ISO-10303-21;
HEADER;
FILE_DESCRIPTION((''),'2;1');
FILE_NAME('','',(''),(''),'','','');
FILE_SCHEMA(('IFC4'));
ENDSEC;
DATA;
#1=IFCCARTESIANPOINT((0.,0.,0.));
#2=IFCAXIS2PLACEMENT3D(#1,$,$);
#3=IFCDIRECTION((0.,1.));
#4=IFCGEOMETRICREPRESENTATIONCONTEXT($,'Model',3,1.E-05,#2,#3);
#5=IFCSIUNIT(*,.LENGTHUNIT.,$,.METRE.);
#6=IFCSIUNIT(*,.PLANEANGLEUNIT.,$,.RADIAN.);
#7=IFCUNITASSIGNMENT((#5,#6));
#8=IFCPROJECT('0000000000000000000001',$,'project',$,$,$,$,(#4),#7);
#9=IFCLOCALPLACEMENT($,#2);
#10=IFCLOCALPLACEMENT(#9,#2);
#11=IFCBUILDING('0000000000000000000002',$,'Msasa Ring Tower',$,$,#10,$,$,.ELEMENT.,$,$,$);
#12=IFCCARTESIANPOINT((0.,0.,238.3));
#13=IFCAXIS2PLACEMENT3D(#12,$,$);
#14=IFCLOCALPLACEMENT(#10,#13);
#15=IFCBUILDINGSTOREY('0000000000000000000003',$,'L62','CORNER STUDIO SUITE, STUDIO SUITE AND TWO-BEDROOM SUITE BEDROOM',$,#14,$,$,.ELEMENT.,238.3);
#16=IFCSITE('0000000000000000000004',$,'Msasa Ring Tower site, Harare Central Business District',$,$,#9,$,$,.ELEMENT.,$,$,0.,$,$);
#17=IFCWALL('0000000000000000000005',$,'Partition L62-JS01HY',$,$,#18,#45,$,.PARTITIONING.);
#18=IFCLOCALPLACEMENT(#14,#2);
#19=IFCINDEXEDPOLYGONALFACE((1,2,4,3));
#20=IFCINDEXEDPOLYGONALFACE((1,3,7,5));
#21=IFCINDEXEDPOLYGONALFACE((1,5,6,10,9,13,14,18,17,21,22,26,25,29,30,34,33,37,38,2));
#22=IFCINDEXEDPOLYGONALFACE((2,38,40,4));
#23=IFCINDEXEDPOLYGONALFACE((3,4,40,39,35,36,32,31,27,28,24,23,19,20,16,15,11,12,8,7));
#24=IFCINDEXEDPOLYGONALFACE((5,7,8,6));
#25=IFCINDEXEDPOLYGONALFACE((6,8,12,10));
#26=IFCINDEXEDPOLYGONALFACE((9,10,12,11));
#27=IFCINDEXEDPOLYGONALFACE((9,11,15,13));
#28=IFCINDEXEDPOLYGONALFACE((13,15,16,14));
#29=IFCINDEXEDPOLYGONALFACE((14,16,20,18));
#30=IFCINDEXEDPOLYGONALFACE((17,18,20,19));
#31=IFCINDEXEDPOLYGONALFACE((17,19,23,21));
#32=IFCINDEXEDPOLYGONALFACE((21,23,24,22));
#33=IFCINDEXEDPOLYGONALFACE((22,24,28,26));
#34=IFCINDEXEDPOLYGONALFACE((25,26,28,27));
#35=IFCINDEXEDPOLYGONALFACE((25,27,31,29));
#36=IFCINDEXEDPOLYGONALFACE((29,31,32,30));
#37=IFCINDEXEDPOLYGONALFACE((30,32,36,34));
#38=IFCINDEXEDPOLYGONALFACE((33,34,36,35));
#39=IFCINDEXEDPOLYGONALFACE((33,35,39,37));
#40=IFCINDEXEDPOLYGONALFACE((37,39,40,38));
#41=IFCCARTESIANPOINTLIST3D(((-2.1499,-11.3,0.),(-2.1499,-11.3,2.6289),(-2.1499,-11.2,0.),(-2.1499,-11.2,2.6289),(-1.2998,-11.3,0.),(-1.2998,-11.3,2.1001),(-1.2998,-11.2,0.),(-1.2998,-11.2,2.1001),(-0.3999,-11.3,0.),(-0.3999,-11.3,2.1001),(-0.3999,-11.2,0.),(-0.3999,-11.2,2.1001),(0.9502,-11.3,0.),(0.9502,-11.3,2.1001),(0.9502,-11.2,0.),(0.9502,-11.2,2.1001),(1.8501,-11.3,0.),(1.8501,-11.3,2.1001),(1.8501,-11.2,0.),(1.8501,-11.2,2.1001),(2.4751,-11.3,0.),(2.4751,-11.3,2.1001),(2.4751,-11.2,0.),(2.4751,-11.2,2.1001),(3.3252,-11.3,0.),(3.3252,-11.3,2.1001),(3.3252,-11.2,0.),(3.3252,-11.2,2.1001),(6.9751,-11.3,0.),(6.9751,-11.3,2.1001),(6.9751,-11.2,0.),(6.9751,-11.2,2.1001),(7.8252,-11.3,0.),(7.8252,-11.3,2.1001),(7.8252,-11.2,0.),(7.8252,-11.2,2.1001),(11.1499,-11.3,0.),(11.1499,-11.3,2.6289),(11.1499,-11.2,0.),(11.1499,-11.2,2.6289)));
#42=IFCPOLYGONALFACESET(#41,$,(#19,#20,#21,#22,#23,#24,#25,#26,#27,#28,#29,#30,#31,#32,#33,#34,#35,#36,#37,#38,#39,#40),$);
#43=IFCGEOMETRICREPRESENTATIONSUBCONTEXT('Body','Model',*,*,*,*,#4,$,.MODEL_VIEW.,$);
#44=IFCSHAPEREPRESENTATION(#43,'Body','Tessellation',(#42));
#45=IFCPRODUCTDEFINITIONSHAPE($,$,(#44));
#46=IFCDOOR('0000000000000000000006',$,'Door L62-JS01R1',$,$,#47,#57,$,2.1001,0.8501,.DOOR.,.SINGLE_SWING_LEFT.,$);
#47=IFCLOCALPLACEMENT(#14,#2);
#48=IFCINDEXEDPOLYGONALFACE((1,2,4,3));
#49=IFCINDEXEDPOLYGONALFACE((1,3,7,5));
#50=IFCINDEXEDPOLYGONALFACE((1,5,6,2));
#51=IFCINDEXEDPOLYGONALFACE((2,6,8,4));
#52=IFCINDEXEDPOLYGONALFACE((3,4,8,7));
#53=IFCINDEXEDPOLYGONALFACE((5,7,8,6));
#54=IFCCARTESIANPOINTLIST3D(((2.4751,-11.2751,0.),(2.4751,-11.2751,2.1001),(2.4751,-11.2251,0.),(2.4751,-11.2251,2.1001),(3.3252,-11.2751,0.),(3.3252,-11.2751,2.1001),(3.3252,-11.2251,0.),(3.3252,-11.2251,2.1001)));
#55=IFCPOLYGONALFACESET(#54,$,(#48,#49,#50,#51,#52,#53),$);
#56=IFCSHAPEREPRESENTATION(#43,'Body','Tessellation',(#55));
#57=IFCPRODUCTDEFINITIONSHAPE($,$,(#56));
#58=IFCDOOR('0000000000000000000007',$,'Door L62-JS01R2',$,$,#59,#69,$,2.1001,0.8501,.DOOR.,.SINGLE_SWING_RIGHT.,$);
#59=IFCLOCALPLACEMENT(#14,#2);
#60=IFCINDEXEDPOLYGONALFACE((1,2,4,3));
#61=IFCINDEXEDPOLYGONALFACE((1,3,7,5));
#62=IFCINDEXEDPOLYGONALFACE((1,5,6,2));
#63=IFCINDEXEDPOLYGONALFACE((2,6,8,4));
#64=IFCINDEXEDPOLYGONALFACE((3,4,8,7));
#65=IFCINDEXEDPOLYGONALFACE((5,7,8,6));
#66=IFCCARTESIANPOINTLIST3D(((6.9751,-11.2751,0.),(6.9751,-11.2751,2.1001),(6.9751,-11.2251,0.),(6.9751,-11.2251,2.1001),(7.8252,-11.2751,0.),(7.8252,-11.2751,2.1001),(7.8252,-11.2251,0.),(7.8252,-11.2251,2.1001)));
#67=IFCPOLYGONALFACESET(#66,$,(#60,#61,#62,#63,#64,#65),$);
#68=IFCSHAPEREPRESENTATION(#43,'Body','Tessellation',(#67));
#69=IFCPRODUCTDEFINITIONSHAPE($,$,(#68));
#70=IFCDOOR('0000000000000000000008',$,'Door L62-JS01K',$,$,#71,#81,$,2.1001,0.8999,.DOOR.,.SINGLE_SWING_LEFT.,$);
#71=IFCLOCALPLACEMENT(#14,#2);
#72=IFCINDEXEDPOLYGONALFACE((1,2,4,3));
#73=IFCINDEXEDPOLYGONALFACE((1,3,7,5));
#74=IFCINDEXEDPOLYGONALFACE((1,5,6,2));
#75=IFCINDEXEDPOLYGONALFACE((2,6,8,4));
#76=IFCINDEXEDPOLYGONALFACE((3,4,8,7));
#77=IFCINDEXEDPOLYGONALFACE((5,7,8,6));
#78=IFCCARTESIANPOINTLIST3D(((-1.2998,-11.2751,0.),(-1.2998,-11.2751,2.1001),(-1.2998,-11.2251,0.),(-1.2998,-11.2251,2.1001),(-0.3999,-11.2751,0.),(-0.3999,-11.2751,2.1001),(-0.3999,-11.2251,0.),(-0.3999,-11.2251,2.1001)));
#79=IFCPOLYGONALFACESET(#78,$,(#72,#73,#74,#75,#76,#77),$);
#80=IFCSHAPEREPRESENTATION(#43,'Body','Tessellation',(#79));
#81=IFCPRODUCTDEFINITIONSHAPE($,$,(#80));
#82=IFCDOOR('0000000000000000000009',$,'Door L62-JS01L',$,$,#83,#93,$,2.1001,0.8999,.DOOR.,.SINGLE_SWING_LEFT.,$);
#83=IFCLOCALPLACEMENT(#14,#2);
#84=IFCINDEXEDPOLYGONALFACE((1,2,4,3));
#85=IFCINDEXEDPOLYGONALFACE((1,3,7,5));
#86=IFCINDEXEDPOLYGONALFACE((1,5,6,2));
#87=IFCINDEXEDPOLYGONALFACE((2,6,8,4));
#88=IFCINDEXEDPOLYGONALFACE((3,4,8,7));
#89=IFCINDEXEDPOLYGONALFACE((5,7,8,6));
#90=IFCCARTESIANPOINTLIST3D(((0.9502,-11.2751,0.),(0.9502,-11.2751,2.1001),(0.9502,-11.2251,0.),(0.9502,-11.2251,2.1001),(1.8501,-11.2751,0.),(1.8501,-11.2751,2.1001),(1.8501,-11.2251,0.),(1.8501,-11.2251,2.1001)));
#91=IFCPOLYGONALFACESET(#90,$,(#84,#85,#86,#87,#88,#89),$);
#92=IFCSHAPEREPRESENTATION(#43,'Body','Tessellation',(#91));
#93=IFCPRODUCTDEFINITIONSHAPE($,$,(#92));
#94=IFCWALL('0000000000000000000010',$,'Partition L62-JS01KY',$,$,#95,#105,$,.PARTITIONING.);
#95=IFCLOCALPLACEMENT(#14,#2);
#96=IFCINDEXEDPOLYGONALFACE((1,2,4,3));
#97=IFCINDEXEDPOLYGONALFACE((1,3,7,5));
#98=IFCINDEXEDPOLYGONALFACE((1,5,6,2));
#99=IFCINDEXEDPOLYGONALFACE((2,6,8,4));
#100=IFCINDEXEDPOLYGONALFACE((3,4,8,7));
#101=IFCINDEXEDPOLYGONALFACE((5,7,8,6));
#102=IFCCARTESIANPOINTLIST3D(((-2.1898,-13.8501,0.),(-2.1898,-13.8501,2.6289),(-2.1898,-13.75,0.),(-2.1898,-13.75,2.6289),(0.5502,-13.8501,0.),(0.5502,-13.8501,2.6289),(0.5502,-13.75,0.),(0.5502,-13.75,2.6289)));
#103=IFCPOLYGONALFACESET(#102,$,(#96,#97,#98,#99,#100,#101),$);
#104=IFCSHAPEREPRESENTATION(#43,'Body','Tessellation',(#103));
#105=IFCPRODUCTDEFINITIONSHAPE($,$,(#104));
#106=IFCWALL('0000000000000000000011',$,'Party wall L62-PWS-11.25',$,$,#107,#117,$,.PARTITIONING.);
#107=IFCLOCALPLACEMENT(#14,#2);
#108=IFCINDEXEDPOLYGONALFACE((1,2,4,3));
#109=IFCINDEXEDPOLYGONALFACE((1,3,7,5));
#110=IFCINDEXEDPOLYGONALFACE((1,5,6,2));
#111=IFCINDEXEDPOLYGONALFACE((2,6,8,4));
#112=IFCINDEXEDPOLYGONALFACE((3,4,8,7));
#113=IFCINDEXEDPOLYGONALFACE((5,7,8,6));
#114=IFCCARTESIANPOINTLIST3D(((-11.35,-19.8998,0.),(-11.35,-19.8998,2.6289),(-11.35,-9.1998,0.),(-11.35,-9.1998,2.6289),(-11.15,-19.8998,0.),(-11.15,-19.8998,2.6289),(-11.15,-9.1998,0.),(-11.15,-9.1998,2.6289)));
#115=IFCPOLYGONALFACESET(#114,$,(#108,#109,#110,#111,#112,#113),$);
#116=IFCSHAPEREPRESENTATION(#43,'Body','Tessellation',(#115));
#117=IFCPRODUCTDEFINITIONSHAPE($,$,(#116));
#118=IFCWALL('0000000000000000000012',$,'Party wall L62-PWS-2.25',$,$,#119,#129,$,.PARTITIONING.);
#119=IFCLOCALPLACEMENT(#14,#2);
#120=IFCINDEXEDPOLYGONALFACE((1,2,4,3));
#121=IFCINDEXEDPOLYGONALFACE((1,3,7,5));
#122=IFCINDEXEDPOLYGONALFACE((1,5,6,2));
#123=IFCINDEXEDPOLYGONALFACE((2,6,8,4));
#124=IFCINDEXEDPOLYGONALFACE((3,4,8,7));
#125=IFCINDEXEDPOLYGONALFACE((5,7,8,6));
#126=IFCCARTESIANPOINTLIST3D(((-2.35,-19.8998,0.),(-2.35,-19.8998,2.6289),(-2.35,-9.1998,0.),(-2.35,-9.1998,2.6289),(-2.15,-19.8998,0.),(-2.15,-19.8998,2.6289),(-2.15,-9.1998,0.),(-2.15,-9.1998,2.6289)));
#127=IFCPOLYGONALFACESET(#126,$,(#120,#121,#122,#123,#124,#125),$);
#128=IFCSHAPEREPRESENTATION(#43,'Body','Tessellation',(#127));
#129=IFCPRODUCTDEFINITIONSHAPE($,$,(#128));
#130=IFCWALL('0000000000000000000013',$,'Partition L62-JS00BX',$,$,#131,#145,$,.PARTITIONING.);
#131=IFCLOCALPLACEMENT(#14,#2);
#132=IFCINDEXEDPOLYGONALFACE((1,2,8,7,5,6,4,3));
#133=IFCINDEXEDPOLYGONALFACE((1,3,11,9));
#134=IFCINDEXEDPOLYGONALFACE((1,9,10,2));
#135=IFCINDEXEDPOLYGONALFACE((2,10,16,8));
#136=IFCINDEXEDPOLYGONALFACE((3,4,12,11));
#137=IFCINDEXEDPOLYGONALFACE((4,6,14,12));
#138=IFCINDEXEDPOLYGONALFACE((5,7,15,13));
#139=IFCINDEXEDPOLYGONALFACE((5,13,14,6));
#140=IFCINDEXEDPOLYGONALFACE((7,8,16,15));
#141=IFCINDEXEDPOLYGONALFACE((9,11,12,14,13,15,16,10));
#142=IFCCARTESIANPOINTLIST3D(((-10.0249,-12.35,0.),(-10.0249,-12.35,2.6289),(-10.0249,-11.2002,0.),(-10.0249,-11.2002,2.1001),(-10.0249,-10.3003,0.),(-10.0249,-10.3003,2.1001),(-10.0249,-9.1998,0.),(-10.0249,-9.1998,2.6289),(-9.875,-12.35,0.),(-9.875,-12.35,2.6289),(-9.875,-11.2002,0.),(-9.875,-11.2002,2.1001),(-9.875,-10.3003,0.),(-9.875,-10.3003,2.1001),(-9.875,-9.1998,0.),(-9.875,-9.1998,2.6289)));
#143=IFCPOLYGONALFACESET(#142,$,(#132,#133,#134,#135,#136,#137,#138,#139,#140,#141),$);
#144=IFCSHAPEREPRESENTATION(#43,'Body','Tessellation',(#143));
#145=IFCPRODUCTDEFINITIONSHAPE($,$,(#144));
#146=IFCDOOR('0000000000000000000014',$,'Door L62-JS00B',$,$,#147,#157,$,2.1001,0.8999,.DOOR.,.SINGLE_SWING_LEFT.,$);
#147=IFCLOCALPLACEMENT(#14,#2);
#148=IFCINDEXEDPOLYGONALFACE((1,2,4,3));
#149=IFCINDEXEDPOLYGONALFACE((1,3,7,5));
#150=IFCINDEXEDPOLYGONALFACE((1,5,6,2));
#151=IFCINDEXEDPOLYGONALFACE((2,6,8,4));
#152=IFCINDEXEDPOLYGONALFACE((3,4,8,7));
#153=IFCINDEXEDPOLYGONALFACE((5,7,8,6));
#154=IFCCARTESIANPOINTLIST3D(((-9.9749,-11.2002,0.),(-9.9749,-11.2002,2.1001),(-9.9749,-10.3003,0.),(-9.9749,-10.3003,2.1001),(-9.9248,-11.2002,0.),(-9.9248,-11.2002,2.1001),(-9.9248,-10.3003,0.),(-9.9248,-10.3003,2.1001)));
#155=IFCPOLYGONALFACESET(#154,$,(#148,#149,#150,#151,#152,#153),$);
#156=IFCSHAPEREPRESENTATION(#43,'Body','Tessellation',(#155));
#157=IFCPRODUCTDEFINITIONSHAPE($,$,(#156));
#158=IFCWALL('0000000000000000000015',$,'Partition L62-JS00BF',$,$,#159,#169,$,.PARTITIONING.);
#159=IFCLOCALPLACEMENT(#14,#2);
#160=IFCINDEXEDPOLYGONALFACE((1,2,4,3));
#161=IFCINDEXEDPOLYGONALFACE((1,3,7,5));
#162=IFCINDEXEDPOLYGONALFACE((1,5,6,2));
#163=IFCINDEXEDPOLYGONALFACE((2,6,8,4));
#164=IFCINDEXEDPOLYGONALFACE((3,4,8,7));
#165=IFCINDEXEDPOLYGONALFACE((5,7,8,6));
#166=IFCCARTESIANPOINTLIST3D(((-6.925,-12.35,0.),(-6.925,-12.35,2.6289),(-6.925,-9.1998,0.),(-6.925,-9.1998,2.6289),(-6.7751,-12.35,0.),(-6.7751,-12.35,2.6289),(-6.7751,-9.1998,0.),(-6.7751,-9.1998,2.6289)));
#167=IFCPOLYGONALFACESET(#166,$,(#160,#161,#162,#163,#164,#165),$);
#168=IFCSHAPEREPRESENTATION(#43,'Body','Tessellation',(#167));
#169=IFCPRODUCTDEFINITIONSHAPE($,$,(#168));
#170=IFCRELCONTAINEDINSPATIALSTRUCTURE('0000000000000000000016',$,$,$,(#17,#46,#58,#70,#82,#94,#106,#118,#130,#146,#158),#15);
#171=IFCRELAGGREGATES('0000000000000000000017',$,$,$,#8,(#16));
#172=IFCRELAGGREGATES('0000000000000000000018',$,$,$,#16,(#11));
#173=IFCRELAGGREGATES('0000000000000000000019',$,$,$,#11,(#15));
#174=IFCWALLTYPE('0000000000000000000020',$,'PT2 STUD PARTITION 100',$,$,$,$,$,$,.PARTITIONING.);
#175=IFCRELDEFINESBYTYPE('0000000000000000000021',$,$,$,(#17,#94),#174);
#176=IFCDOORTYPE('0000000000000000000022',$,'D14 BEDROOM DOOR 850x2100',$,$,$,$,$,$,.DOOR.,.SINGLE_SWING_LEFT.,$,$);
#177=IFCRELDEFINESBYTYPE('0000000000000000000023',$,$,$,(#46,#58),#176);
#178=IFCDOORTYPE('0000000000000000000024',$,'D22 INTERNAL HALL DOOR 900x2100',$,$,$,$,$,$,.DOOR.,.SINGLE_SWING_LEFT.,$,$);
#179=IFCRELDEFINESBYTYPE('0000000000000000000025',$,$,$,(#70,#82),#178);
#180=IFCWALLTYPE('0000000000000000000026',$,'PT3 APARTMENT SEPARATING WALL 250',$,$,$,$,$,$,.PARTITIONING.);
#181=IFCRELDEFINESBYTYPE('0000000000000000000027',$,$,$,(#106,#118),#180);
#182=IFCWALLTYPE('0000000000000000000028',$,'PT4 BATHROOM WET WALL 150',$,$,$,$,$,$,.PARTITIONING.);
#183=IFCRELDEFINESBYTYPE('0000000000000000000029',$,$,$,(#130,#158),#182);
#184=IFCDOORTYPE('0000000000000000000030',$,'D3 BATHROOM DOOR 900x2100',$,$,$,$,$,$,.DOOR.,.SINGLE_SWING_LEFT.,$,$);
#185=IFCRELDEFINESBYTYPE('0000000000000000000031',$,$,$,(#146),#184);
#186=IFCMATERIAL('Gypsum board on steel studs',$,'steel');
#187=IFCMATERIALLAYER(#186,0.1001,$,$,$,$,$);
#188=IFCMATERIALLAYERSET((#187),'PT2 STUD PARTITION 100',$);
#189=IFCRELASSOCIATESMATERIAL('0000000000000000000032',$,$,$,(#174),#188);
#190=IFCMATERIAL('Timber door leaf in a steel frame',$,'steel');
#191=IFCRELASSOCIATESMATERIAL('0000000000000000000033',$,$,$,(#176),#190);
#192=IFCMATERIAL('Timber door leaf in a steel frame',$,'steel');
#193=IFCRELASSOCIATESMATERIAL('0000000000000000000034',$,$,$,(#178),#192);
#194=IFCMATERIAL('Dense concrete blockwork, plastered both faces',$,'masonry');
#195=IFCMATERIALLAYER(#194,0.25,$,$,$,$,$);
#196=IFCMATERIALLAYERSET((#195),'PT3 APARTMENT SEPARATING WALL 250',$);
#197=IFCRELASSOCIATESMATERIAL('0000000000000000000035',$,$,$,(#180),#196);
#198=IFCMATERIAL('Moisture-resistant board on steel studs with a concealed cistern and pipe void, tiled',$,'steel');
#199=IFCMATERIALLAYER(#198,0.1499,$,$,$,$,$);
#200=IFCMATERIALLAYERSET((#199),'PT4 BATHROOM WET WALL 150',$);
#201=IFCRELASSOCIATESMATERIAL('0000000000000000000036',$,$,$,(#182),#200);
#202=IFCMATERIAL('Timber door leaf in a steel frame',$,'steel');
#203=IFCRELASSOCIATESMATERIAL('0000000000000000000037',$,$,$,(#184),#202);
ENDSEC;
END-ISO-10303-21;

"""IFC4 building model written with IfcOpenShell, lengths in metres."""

from ifc_helpers import new_model, si_unit, direction, frame, frame_2d, origin, place, context, subcontext, project, spatial, rectangle, extrude, material, layer, layer_set, type_object, element, fill, save


model = new_model("IFC4")

# Units and contexts
model_context = context("Model", 3, precision=1e-05, world=origin(), true_north=direction((0.0, 1.0)))
body_context = subcontext(model_context, "Body", "Model", "MODEL_VIEW")
ifc_project = project(units=[si_unit("LENGTHUNIT", "METRE"), si_unit("PLANEANGLEUNIT", "RADIAN")], contexts=[model_context])

# Site, building, storey
site_placement = place(None, origin())
site = spatial("IfcSite", under=ifc_project, at=site_placement, Name="Msasa Ring Tower site, Harare Central Business District", CompositionType="ELEMENT", RefElevation=0.0)
building_placement = place(site_placement, origin())
building = spatial("IfcBuilding", under=site, at=building_placement, Name="Msasa Ring Tower", CompositionType="ELEMENT")
storey_placement = place(building_placement, frame((0.0, 0.0, 238.3)))
storey = spatial("IfcBuildingStorey", under=building, at=storey_placement, Name="L62", Description="CORNER STUDIO SUITE, STUDIO SUITE AND TWO-BEDROOM SUITE BEDROOM", CompositionType="ELEMENT", Elevation=238.3)

# Wall, openings, doors
ifc_material_1 = material(Name="Gypsum board on steel studs", Category="steel")
ifc_layer_1 = layer(ifc_material_1, 0.1001)
ifc_layer_set_1 = layer_set([ifc_layer_1], Name="PT2 STUD PARTITION 100")
wall_type_1 = type_object("IfcWallType", Name="PT2 STUD PARTITION 100", PredefinedType="PARTITIONING", material=ifc_layer_set_1)
wall_1_placement = place(storey_placement, frame((-2.1499, -11.25, 0.0), z_axis=(0.0, 0.0, 1.0), x_axis=(1.0, 0.0, 0.0)))
wall_1 = element("IfcWall", 1, at=wall_1_placement, inside=storey, type_object=wall_type_1, Name="Partition L62-JS01HY", PredefinedType="PARTITIONING", context=body_context, shape_type="SweptSolid", body=[
    extrude(rectangle(XDim=13.2998, YDim=0.1001, at=frame_2d((6.6499, 0.0))), origin(), (0.0, 0.0, 1.0), 2.6289),
])
opening_1_placement = place(wall_1_placement, frame((0.8501, 0.0, 0.0)))
opening_1 = element("IfcOpeningElement", 2, at=opening_1_placement, cuts=wall_1, PredefinedType="OPENING", context=body_context, shape_type="SweptSolid", body=[
    extrude(rectangle(XDim=0.8999, YDim=2.1001, at=frame_2d((0.45, 1.05))), frame((0.0, 0.0601, 0.0), z_axis=(0.0, -1.0, 0.0), x_axis=(1.0, 0.0, 0.0)), (0.0, 0.0, 1.0), 0.1201),
])
opening_2_placement = place(wall_1_placement, frame((3.1001, 0.0, 0.0)))
opening_2 = element("IfcOpeningElement", 3, at=opening_2_placement, cuts=wall_1, PredefinedType="OPENING", context=body_context, shape_type="SweptSolid", body=[
    extrude(rectangle(XDim=0.8999, YDim=2.1001, at=frame_2d((0.45, 1.05))), frame((0.0, 0.0601, 0.0), z_axis=(0.0, -1.0, 0.0), x_axis=(1.0, 0.0, 0.0)), (0.0, 0.0, 1.0), 0.1201),
])
opening_3_placement = place(wall_1_placement, frame((4.625, 0.0, 0.0)))
opening_3 = element("IfcOpeningElement", 4, at=opening_3_placement, cuts=wall_1, PredefinedType="OPENING", context=body_context, shape_type="SweptSolid", body=[
    extrude(rectangle(XDim=0.8501, YDim=2.1001, at=frame_2d((0.425, 1.05))), frame((0.0, 0.0601, 0.0), z_axis=(0.0, -1.0, 0.0), x_axis=(1.0, 0.0, 0.0)), (0.0, 0.0, 1.0), 0.1201),
])
opening_4_placement = place(wall_1_placement, frame((9.125, 0.0, 0.0)))
opening_4 = element("IfcOpeningElement", 5, at=opening_4_placement, cuts=wall_1, PredefinedType="OPENING", context=body_context, shape_type="SweptSolid", body=[
    extrude(rectangle(XDim=0.8501, YDim=2.1001, at=frame_2d((0.425, 1.05))), frame((0.0, 0.0601, 0.0), z_axis=(0.0, -1.0, 0.0), x_axis=(1.0, 0.0, 0.0)), (0.0, 0.0, 1.0), 0.1201),
])
ifc_material_2 = material(Name="Timber door leaf in a steel frame", Category="steel")
door_type_1 = type_object("IfcDoorType", Name="D14 BEDROOM DOOR 850x2100", OperationType="SINGLE_SWING_LEFT", PredefinedType="DOOR", material=ifc_material_2)
door_1_placement = place(opening_3_placement, origin())
door_1 = element("IfcDoor", 6, at=door_1_placement, inside=storey, type_object=door_type_1, Name="Door L62-JS01R1", OperationType="SINGLE_SWING_LEFT", OverallHeight=2.1001, OverallWidth=0.8501, PredefinedType="DOOR", context=body_context, shape_type="SweptSolid", body=[
    extrude(rectangle(XDim=0.8501, YDim=2.1001, at=frame_2d((0.425, 1.05))), frame((0.0, 0.0249, 0.0), z_axis=(0.0, -1.0, 0.0), x_axis=(1.0, 0.0, 0.0)), (0.0, 0.0, 1.0), 0.05),
])
fill(opening_3, door_1)
door_2_placement = place(opening_4_placement, origin())
door_2 = element("IfcDoor", 7, at=door_2_placement, inside=storey, type_object=door_type_1, Name="Door L62-JS01R2", OperationType="SINGLE_SWING_RIGHT", OverallHeight=2.1001, OverallWidth=0.8501, PredefinedType="DOOR", context=body_context, shape_type="SweptSolid", body=[
    extrude(rectangle(XDim=0.8501, YDim=2.1001, at=frame_2d((0.425, 1.05))), frame((0.0, 0.0249, 0.0), z_axis=(0.0, -1.0, 0.0), x_axis=(1.0, 0.0, 0.0)), (0.0, 0.0, 1.0), 0.05),
])
fill(opening_4, door_2)
ifc_material_3 = material(Name="Timber door leaf in a steel frame", Category="steel")
door_type_2 = type_object("IfcDoorType", Name="D22 INTERNAL HALL DOOR 900x2100", OperationType="SINGLE_SWING_LEFT", PredefinedType="DOOR", material=ifc_material_3)
door_3_placement = place(opening_1_placement, origin())
door_3 = element("IfcDoor", 8, at=door_3_placement, inside=storey, type_object=door_type_2, Name="Door L62-JS01K", OperationType="SINGLE_SWING_LEFT", OverallHeight=2.1001, OverallWidth=0.8999, PredefinedType="DOOR", context=body_context, shape_type="SweptSolid", body=[
    extrude(rectangle(XDim=0.8999, YDim=2.1001, at=frame_2d((0.45, 1.05))), frame((0.0, 0.0249, 0.0), z_axis=(0.0, -1.0, 0.0), x_axis=(1.0, 0.0, 0.0)), (0.0, 0.0, 1.0), 0.05),
])
fill(opening_1, door_3)
door_4_placement = place(opening_2_placement, origin())
door_4 = element("IfcDoor", 9, at=door_4_placement, inside=storey, type_object=door_type_2, Name="Door L62-JS01L", OperationType="SINGLE_SWING_LEFT", OverallHeight=2.1001, OverallWidth=0.8999, PredefinedType="DOOR", context=body_context, shape_type="SweptSolid", body=[
    extrude(rectangle(XDim=0.8999, YDim=2.1001, at=frame_2d((0.45, 1.05))), frame((0.0, 0.0249, 0.0), z_axis=(0.0, -1.0, 0.0), x_axis=(1.0, 0.0, 0.0)), (0.0, 0.0, 1.0), 0.05),
])
fill(opening_2, door_4)

# Walls
wall_2_placement = place(storey_placement, frame((-2.1899, -13.8, 0.0), z_axis=(0.0, 0.0, 1.0), x_axis=(1.0, 0.0, 0.0)))
element("IfcWall", 10, at=wall_2_placement, inside=storey, type_object=wall_type_1, Name="Partition L62-JS01KY", PredefinedType="PARTITIONING", context=body_context, shape_type="SweptSolid", body=[
    extrude(rectangle(XDim=2.74, YDim=0.1001, at=frame_2d((1.3701, 0.0))), origin(), (0.0, 0.0, 1.0), 2.6289),
])
ifc_material_4 = material(Name="Dense concrete blockwork, plastered both faces", Category="masonry")
ifc_layer_2 = layer(ifc_material_4, 0.25)
ifc_layer_set_2 = layer_set([ifc_layer_2], Name="PT3 APARTMENT SEPARATING WALL 250")
wall_type_2 = type_object("IfcWallType", Name="PT3 APARTMENT SEPARATING WALL 250", PredefinedType="PARTITIONING", material=ifc_layer_set_2)
for number, where, z_axis, x_axis, name in (
    (11, (-11.25, -19.8999, 0.0), (0.0, 0.0, 1.0), (0.0, 1.0, 0.0), "Party wall L62-PWS-11.25"),
    (12, (-2.25, -19.8999, 0.0), (0.0, 0.0, 1.0), (0.0, 1.0, 0.0), "Party wall L62-PWS-2.25"),
):
    element("IfcWall", number, at=place(storey_placement, frame(where, z_axis=z_axis, x_axis=x_axis)), inside=storey, type_object=wall_type_2, Name=name, PredefinedType="PARTITIONING", context=body_context, shape_type="SweptSolid", body=[
        extrude(rectangle(XDim=10.7, YDim=0.2, at=frame_2d((5.3501, 0.0))), origin(), (0.0, 0.0, 1.0), 2.6289),
    ])

# Wall, opening, door
ifc_material_5 = material(Name="Moisture-resistant board on steel studs with a concealed cistern and pipe void, tiled", Category="steel")
ifc_layer_3 = layer(ifc_material_5, 0.1499)
ifc_layer_set_3 = layer_set([ifc_layer_3], Name="PT4 BATHROOM WET WALL 150")
wall_type_3 = type_object("IfcWallType", Name="PT4 BATHROOM WET WALL 150", PredefinedType="PARTITIONING", material=ifc_layer_set_3)
wall_3_placement = place(storey_placement, frame((-9.95, -12.3501, 0.0), z_axis=(0.0, 0.0, 1.0), x_axis=(0.0, 1.0, 0.0)))
wall_3 = element("IfcWall", 13, at=wall_3_placement, inside=storey, type_object=wall_type_3, Name="Partition L62-JS00BX", PredefinedType="PARTITIONING", context=body_context, shape_type="SweptSolid", body=[
    extrude(rectangle(XDim=3.1501, YDim=0.1499, at=frame_2d((1.5752, 0.0))), origin(), (0.0, 0.0, 1.0), 2.6289),
])
opening_5_placement = place(wall_3_placement, frame((1.1499, 0.0, 0.0)))
opening_5 = element("IfcOpeningElement", 14, at=opening_5_placement, cuts=wall_3, PredefinedType="OPENING", context=body_context, shape_type="SweptSolid", body=[
    extrude(rectangle(XDim=0.8999, YDim=2.1001, at=frame_2d((0.45, 1.05))), frame((0.0, 0.085, 0.0), z_axis=(0.0, -1.0, 0.0), x_axis=(1.0, 0.0, 0.0)), (0.0, 0.0, 1.0), 0.1699),
])
ifc_material_6 = material(Name="Timber door leaf in a steel frame", Category="steel")
door_type_3 = type_object("IfcDoorType", Name="D3 BATHROOM DOOR 900x2100", OperationType="SINGLE_SWING_LEFT", PredefinedType="DOOR", material=ifc_material_6)
door_5_placement = place(opening_5_placement, origin())
door_5 = element("IfcDoor", 15, at=door_5_placement, inside=storey, type_object=door_type_3, Name="Door L62-JS00B", OperationType="SINGLE_SWING_LEFT", OverallHeight=2.1001, OverallWidth=0.8999, PredefinedType="DOOR", context=body_context, shape_type="SweptSolid", body=[
    extrude(rectangle(XDim=0.8999, YDim=2.1001, at=frame_2d((0.45, 1.05))), frame((0.0, 0.0249, 0.0), z_axis=(0.0, -1.0, 0.0), x_axis=(1.0, 0.0, 0.0)), (0.0, 0.0, 1.0), 0.05),
])
fill(opening_5, door_5)

# Wall
wall_4_placement = place(storey_placement, frame((-6.8501, -12.3501, 0.0), z_axis=(0.0, 0.0, 1.0), x_axis=(0.0, 1.0, 0.0)))
element("IfcWall", 16, at=wall_4_placement, inside=storey, type_object=wall_type_3, Name="Partition L62-JS00BF", PredefinedType="PARTITIONING", context=body_context, shape_type="SweptSolid", body=[
    extrude(rectangle(XDim=3.1501, YDim=0.1499, at=frame_2d((1.5752, 0.0))), origin(), (0.0, 0.0, 1.0), 2.6289),
])

save(model, "model.ifc")
